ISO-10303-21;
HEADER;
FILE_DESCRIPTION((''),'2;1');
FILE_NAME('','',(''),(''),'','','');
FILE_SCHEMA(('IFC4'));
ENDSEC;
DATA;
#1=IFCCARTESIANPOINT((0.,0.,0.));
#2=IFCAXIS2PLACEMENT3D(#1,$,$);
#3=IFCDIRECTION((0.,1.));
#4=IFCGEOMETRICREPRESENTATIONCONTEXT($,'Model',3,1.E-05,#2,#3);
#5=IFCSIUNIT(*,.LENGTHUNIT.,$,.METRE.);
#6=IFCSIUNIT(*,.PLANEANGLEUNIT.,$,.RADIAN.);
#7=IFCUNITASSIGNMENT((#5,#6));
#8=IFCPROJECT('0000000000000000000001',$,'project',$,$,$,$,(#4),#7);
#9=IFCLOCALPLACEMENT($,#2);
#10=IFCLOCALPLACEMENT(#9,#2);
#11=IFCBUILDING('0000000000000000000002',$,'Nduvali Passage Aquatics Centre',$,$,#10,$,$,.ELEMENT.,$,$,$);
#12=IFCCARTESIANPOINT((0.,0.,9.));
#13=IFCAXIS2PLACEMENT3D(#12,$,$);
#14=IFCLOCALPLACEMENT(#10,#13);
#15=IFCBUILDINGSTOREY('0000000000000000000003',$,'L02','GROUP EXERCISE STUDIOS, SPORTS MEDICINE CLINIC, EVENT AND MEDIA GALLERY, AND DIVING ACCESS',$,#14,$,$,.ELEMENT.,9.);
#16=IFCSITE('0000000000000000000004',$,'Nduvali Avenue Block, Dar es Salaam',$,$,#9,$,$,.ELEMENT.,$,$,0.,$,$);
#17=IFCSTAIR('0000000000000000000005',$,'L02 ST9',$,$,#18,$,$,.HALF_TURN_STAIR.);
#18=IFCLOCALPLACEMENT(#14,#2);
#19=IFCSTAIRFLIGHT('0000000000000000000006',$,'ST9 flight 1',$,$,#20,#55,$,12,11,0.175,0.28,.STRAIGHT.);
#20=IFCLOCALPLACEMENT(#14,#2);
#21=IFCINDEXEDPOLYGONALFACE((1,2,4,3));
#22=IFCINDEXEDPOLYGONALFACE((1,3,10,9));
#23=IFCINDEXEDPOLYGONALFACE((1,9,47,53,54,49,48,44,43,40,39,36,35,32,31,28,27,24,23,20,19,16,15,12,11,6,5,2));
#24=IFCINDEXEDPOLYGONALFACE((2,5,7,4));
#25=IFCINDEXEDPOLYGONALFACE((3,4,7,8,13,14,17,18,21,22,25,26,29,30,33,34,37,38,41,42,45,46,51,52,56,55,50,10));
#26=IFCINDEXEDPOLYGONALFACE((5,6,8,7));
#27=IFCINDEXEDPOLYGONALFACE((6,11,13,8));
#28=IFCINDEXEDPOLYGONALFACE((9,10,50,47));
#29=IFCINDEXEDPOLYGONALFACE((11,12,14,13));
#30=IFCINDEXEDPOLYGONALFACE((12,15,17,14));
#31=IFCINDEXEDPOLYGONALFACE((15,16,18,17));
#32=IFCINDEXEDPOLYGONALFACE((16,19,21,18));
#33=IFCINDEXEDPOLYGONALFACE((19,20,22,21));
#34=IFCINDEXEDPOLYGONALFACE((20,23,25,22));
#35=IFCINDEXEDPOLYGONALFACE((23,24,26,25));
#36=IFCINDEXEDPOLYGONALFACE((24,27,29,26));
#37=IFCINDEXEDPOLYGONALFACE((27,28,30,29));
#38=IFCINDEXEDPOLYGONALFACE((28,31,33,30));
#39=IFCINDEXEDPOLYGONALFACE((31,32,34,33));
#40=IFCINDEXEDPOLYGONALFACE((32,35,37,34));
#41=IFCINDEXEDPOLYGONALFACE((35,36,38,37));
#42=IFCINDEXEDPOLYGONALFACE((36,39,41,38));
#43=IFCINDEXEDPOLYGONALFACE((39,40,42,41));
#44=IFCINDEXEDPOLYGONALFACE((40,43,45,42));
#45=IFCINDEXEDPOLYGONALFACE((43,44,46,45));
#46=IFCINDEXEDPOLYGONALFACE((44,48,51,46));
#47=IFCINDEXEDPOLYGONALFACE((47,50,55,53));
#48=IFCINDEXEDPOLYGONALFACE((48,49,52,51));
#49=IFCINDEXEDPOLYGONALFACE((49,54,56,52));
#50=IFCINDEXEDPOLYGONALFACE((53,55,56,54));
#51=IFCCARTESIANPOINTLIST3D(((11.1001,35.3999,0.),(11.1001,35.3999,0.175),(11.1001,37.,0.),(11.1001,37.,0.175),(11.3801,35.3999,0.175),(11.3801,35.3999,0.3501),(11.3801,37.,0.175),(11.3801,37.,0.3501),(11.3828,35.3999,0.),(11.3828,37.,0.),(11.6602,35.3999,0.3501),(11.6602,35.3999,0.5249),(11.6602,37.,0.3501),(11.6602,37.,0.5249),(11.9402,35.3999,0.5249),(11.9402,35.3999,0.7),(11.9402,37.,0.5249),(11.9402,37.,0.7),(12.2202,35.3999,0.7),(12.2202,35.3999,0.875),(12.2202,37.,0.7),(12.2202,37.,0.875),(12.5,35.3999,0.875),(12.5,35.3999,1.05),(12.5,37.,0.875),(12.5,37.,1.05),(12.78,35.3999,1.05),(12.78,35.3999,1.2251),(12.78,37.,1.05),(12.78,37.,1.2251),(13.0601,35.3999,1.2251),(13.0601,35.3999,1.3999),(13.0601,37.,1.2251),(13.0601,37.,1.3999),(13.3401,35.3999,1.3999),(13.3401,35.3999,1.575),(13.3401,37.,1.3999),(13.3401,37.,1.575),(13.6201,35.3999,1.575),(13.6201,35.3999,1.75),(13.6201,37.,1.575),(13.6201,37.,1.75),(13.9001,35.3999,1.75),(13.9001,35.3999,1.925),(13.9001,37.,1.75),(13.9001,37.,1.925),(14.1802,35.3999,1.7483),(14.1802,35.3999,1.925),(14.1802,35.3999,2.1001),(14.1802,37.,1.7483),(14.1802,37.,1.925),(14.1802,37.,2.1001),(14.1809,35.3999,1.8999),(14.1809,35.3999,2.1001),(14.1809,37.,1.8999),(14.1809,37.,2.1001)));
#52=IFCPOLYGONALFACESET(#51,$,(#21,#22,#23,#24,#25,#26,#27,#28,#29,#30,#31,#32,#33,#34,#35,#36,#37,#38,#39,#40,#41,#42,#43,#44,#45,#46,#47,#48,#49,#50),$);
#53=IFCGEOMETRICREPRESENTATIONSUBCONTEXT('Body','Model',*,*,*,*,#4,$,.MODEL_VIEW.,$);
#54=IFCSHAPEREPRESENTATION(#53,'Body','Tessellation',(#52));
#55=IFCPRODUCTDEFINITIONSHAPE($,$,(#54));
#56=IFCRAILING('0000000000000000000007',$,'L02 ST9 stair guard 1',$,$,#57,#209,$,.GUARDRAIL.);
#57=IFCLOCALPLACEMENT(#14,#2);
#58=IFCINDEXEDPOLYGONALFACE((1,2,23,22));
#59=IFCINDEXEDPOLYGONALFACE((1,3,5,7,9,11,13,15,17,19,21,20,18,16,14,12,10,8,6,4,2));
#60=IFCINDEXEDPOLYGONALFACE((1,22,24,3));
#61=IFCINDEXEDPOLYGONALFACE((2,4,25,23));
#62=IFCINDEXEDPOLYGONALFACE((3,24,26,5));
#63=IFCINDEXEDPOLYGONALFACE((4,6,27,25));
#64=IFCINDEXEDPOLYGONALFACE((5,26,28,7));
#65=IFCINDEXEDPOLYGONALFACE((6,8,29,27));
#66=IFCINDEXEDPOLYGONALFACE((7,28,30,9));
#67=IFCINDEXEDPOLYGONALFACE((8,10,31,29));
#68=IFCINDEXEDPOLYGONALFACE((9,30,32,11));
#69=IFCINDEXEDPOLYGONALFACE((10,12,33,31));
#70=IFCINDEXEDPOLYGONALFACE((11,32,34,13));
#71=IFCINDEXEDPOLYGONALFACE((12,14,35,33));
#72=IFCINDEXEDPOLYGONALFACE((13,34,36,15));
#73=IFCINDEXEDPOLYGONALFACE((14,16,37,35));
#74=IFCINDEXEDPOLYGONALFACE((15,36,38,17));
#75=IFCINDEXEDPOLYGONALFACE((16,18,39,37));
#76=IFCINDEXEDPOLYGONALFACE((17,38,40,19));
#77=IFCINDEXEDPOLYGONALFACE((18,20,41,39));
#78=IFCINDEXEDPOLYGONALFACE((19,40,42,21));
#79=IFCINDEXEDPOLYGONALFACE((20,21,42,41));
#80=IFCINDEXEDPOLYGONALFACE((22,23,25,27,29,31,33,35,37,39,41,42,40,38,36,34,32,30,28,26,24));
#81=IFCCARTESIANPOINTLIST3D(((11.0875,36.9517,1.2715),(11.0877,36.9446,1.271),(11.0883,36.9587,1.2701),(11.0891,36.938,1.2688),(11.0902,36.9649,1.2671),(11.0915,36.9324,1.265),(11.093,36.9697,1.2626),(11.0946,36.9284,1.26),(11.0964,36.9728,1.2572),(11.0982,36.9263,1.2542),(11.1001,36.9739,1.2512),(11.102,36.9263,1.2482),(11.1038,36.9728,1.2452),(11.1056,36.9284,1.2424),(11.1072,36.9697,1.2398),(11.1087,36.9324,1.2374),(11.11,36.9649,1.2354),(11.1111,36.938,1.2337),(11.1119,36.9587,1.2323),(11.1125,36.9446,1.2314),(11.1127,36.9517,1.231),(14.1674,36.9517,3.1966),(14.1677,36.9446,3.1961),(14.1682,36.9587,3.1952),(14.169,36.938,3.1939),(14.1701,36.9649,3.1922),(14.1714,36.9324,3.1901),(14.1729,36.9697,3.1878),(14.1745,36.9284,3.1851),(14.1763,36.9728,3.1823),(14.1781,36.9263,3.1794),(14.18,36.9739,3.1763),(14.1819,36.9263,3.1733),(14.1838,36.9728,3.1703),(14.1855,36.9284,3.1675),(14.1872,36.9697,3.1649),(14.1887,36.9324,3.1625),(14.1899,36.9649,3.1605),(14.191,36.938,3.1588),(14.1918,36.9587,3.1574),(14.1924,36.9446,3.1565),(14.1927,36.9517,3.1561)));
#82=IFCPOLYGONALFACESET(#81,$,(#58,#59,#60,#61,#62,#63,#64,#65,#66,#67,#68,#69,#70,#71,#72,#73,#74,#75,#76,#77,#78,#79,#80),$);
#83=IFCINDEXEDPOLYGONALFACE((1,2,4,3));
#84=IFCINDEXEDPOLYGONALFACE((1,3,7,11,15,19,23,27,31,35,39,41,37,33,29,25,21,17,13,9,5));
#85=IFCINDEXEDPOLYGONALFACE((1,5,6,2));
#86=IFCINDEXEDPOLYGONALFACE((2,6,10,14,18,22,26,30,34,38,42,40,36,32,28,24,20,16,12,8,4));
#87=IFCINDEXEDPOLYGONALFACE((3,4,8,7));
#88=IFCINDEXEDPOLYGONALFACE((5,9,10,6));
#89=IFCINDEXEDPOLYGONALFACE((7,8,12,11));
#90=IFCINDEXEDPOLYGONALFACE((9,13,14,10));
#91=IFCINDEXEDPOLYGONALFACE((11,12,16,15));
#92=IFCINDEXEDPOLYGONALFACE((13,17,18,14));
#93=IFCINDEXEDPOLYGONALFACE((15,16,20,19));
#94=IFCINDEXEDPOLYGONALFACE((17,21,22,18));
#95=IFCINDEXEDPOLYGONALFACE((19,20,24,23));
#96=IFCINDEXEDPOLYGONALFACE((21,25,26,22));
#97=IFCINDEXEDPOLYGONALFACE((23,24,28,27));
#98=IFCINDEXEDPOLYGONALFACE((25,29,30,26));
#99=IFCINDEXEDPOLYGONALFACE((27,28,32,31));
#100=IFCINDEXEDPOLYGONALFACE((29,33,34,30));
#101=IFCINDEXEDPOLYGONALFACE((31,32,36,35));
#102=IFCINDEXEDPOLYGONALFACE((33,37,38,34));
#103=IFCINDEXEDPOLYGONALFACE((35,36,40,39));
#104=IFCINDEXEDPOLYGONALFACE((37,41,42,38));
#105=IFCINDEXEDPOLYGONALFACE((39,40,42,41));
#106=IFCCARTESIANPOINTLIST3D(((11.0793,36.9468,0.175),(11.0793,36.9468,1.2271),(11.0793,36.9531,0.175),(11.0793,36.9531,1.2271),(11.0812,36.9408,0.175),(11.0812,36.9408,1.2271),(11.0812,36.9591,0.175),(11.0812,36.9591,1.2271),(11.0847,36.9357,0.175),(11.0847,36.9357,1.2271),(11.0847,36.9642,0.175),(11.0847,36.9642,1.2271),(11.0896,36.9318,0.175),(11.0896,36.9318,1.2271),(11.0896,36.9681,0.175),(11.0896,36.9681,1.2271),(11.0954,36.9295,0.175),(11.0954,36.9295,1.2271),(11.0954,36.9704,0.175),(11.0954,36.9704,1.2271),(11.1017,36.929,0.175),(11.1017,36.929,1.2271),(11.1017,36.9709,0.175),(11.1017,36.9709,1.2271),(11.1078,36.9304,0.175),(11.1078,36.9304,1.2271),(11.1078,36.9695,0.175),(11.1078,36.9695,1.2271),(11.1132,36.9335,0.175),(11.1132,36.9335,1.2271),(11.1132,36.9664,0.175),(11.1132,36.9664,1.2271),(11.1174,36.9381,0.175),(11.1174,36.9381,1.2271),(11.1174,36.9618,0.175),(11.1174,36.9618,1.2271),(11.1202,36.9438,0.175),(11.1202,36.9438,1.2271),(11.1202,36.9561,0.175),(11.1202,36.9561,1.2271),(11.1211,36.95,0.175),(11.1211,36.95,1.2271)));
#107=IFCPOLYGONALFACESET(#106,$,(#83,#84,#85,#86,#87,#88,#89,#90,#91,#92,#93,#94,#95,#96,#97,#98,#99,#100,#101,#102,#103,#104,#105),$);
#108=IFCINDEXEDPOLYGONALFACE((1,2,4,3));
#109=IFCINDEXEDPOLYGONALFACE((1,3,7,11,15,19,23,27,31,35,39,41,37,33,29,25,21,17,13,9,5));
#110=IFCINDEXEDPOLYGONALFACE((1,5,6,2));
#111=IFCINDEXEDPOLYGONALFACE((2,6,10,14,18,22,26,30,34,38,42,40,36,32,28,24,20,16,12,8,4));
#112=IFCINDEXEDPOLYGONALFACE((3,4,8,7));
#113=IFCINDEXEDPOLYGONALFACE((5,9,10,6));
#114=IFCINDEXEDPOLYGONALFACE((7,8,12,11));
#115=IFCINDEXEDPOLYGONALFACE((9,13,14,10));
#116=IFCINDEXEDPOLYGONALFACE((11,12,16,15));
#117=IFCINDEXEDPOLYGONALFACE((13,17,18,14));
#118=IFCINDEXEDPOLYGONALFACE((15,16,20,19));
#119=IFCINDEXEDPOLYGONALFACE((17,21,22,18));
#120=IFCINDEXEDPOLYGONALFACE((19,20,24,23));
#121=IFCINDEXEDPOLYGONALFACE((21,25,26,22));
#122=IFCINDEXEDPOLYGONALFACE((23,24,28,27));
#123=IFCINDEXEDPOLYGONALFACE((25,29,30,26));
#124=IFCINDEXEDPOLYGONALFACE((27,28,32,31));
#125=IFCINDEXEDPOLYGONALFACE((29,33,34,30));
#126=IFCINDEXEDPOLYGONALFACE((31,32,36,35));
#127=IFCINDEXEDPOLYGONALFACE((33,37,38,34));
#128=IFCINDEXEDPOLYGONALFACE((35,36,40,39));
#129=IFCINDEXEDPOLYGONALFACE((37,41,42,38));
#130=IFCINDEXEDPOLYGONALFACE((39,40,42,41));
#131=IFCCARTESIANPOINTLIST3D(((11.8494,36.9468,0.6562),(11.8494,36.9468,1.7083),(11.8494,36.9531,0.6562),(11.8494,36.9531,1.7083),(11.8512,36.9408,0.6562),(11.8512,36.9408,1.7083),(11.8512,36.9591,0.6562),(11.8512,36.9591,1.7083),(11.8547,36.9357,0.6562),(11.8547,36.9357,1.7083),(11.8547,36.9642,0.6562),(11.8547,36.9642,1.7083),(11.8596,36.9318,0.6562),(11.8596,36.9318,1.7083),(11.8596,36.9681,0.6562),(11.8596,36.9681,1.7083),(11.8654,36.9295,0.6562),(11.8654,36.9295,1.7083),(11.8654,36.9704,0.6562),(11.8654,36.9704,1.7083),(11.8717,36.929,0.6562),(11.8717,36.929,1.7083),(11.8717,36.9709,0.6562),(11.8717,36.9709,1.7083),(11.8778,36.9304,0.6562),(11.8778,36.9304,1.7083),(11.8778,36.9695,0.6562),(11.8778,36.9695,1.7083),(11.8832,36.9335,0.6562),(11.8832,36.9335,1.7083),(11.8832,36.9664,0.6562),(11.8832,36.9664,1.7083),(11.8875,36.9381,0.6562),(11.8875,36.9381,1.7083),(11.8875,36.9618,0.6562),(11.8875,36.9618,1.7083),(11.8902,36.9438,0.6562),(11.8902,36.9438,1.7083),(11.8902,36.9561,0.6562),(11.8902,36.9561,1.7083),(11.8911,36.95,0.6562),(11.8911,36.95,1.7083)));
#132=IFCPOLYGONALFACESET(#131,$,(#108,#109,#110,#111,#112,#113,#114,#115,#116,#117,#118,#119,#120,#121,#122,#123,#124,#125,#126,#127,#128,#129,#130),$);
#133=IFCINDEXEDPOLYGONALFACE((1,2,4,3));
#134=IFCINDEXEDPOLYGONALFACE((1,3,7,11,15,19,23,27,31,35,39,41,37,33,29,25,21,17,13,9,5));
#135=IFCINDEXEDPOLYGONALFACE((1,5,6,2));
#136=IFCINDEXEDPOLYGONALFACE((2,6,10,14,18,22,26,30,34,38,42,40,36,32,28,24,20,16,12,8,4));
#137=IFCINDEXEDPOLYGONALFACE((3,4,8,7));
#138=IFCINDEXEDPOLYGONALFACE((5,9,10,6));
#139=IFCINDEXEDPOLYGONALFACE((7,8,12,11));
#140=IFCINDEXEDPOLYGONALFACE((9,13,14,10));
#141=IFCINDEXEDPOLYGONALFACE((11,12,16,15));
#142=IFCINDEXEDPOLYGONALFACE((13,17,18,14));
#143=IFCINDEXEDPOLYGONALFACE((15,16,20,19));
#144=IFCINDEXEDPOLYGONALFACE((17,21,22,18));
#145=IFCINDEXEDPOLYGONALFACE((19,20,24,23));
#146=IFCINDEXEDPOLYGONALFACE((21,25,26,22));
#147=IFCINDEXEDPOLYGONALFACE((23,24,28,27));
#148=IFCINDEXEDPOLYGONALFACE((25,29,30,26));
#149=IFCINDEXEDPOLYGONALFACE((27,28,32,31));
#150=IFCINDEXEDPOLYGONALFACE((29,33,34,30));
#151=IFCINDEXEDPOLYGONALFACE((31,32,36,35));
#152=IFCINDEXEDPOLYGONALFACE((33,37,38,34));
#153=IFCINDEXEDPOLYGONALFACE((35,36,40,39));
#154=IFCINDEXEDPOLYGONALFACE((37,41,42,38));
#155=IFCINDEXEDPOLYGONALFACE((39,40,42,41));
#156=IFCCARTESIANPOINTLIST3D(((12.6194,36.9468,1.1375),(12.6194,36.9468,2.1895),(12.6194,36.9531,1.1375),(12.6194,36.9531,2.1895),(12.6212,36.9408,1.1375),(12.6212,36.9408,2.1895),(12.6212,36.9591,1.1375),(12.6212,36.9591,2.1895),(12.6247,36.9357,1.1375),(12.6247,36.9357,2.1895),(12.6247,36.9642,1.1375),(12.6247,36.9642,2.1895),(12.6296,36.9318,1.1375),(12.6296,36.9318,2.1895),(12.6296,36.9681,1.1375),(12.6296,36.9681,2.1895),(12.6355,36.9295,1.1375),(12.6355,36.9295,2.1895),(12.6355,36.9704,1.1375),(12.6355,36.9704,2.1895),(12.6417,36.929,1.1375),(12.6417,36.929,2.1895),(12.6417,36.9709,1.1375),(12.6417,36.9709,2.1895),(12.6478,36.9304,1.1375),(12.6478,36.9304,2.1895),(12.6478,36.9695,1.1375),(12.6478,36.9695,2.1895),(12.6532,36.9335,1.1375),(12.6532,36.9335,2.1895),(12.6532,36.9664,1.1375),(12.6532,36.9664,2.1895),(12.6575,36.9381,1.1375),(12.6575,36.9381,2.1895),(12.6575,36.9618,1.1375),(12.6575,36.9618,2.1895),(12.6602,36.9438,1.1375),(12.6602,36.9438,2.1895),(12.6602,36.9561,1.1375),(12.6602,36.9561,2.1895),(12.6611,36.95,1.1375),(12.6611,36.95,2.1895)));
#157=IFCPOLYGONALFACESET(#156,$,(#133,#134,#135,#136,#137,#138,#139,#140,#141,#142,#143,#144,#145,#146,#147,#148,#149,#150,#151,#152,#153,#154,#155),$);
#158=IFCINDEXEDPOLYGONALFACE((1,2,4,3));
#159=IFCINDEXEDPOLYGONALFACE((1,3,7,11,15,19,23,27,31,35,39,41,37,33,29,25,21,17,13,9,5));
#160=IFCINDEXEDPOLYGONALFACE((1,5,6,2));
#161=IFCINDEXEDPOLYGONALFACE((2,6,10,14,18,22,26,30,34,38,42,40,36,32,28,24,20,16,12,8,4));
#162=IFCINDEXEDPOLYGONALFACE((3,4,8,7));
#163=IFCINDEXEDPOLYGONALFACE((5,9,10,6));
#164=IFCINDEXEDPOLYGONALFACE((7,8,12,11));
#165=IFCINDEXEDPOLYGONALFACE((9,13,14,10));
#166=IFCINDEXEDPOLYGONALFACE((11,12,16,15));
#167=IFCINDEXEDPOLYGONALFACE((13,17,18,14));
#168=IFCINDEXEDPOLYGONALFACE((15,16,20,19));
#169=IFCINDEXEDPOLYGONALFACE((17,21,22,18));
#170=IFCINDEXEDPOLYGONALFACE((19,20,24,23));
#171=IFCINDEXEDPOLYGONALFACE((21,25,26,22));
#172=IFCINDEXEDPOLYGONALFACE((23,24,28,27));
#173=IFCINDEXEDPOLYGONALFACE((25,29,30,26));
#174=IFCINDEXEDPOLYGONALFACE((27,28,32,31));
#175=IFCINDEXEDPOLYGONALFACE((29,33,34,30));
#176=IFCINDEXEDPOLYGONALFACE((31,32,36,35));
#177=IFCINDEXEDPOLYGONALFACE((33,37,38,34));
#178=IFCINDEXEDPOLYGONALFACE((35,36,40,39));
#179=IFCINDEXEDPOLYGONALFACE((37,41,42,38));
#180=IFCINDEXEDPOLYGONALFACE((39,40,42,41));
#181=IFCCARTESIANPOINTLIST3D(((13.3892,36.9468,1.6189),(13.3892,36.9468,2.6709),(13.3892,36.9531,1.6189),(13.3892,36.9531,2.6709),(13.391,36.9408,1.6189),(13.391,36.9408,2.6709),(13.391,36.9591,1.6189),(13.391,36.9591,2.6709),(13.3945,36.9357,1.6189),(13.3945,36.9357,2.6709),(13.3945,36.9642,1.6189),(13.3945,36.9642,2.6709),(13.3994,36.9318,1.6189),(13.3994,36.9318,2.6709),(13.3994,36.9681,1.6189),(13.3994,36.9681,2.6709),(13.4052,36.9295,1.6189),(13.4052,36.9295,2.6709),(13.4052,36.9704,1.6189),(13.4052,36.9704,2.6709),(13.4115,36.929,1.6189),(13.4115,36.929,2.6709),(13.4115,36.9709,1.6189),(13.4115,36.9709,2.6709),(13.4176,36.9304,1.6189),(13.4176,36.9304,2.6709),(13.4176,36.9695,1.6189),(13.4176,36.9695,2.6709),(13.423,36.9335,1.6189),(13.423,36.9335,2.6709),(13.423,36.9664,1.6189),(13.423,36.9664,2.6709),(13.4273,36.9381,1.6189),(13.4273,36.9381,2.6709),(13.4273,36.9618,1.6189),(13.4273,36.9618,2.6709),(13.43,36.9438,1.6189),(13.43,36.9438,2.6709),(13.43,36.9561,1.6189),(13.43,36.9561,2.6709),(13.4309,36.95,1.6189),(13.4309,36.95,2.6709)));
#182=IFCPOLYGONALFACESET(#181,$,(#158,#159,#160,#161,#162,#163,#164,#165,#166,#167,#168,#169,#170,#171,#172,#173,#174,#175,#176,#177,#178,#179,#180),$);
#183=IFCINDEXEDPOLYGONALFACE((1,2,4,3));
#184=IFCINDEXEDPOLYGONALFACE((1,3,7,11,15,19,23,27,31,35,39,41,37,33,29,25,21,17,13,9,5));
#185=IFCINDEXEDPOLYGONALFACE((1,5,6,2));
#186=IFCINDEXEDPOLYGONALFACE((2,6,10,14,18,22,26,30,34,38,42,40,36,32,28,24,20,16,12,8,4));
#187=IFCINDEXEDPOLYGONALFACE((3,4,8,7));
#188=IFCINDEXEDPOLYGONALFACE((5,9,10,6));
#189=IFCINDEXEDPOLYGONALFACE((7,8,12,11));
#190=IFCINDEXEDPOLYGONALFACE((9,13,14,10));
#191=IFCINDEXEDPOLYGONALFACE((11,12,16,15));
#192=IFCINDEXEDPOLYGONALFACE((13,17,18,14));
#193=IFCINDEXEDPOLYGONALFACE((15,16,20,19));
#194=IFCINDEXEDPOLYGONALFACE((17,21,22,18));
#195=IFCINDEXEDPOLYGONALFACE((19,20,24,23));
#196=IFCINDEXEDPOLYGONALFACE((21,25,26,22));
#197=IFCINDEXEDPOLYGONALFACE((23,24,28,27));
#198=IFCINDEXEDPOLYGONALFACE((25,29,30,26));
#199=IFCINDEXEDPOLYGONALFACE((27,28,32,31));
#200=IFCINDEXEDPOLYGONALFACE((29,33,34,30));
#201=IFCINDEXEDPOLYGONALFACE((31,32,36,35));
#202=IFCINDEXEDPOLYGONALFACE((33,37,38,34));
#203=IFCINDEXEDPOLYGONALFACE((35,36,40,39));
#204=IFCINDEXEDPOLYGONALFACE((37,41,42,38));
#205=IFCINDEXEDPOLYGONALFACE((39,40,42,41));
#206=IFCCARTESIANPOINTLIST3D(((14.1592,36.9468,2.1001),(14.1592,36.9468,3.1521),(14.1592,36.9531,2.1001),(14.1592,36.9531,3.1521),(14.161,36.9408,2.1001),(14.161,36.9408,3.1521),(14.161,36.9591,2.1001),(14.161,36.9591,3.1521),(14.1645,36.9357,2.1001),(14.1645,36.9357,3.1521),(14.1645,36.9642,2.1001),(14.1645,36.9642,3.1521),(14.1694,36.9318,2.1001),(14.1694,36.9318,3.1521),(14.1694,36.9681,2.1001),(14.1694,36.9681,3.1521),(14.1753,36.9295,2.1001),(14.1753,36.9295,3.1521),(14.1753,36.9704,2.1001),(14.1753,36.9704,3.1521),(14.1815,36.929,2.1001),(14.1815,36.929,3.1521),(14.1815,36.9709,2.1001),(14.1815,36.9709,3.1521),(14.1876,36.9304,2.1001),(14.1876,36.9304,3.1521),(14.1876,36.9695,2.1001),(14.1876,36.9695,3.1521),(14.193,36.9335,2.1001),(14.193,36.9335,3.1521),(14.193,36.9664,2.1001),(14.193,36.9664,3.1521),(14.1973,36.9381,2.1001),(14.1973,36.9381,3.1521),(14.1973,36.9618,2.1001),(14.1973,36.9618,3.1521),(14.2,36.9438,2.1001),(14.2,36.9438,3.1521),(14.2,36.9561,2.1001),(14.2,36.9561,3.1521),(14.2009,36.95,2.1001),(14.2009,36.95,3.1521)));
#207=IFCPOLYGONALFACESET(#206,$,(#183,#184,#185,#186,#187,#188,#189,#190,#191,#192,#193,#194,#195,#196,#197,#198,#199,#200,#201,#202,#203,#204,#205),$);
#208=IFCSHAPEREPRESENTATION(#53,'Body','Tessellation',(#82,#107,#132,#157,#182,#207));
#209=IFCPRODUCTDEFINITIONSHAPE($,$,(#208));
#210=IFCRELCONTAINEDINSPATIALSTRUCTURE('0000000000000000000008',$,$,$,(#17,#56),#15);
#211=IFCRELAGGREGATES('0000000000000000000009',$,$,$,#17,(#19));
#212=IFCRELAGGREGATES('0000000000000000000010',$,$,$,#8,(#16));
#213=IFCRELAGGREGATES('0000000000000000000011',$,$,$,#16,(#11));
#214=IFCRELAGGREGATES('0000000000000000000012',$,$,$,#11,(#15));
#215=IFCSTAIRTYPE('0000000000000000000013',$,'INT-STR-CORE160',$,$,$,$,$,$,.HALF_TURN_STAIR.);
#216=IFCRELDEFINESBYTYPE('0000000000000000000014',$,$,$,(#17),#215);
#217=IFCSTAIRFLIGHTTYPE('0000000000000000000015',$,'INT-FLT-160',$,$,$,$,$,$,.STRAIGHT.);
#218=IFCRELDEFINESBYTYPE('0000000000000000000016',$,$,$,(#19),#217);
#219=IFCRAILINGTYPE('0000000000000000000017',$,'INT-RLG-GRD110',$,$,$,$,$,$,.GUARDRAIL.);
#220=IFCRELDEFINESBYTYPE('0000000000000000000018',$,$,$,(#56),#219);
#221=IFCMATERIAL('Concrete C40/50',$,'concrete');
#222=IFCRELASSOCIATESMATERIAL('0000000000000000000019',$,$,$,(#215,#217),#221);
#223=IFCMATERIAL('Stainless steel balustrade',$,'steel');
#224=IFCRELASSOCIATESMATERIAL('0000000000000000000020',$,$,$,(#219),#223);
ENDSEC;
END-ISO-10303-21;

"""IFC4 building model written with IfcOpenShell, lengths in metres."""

from ifc_helpers import new_model, si_unit, direction, frame, origin, origin_2d, place, context, subcontext, project, spatial, polyline, circle, outline, extrude, material, type_object, element, aggregate, save


model = new_model("IFC4")

# Units and contexts
model_context = context("Model", 3, precision=1e-05, world=origin(), true_north=direction((0.0, 1.0)))
body_context = subcontext(model_context, "Body", "Model", "MODEL_VIEW")
ifc_project = project(units=[si_unit("LENGTHUNIT", "METRE"), si_unit("PLANEANGLEUNIT", "RADIAN")], contexts=[model_context])

# Site, building, storey
site_placement = place(None, origin())
site = spatial("IfcSite", under=ifc_project, at=site_placement, Name="Nduvali Avenue Block, Dar es Salaam", CompositionType="ELEMENT", RefElevation=0.0)
building_placement = place(site_placement, origin())
building = spatial("IfcBuilding", under=site, at=building_placement, Name="Nduvali Passage Aquatics Centre", CompositionType="ELEMENT")
storey_placement = place(building_placement, frame((0.0, 0.0, 9.0)))
storey = spatial("IfcBuildingStorey", under=building, at=storey_placement, Name="L02", Description="GROUP EXERCISE STUDIOS, SPORTS MEDICINE CLINIC, EVENT AND MEDIA GALLERY, AND DIVING ACCESS", CompositionType="ELEMENT", Elevation=9.0)

# Shared definitions
ifc_material_1 = material(Name="Concrete C40/50", Category="concrete")

# Stair, stair flight
stair_type = type_object("IfcStairType", Name="INT-STR-CORE160", PredefinedType="HALF_TURN_STAIR", material=ifc_material_1)
stair_placement = place(storey_placement, origin())
stair = element("IfcStair", 1, at=stair_placement, inside=storey, type_object=stair_type, Name="L02 ST9", PredefinedType="HALF_TURN_STAIR")
stair_flight_type = type_object("IfcStairFlightType", Name="INT-FLT-160", PredefinedType="STRAIGHT", material=ifc_material_1)
stair_flight_placement = place(storey_placement, frame((11.1001, 36.2, 0.0), z_axis=(0.0, 0.0, 1.0), x_axis=(1.0, 0.0, 0.0)))
stair_flight = element("IfcStairFlight", 2, at=stair_flight_placement, type_object=stair_flight_type, Name="ST9 flight 1", NumberOfRisers=12, NumberOfTreads=11, PredefinedType="STRAIGHT", RiserHeight=0.175, TreadLength=0.28, context=body_context, shape_type="SweptSolid", body=[
    extrude(outline(polyline([(0.0, 0.0), (0.0, 0.175), (0.28, 0.175), (0.28, 0.3501), (0.5601, 0.3501), (0.5601, 0.5249), (0.8401, 0.5249), (0.8401, 0.7), (1.1201, 0.7), (1.1201, 0.875), (1.3999, 0.875), (1.3999, 1.05), (1.6799, 1.05), (1.6799, 1.2251), (1.96, 1.2251), (1.96, 1.3999), (2.24, 1.3999), (2.24, 1.575), (2.52, 1.575), (2.52, 1.75), (2.8, 1.75), (2.8, 1.925), (3.0801, 1.925), (3.0801, 2.1001), (3.0808, 2.1001), (3.0808, 1.8999), (3.0801, 1.7483), (0.2827, 0.0), (0.0, 0.0)])), frame((0.0, 0.8, 0.0), z_axis=(0.0, -1.0, 0.0), x_axis=(1.0, 0.0, 0.0)), (0.0, 0.0, 1.0), 1.6001),
])
aggregate(stair, [stair_flight])

# Railing
ifc_material_2 = material(Name="Stainless steel balustrade", Category="steel")
railing_type_1 = type_object("IfcRailingType", Name="INT-RLG-GRD110", PredefinedType="GUARDRAIL", material=ifc_material_2)
railing_1_placement = place(storey_placement, frame((11.1001, 36.95, 0.175)))
element("IfcRailing", 3, at=railing_1_placement, inside=storey, type_object=railing_type_1, Name="L02 ST9 stair guard 1", PredefinedType="GUARDRAIL", context=body_context, shape_type="SweptSolid", body=[
    extrude(circle(Radius=0.0239, at=origin_2d()), frame((0.0, 0.0, 1.0762), z_axis=(0.847979, 0.0, 0.530029), x_axis=(0.0, 1.0, 0.0)), (0.0, 0.0, 1.0), 3.6321),
    extrude(circle(Radius=0.021, at=origin_2d()), origin(), (0.0, 0.0, 1.0), 1.052),
    extrude(circle(Radius=0.021, at=origin_2d()), frame((0.77, 0.0, 0.4812)), (0.0, 0.0, 1.0), 1.052),
    extrude(circle(Radius=0.021, at=origin_2d()), frame((1.54, 0.0, 0.9624)), (0.0, 0.0, 1.0), 1.052),
    extrude(circle(Radius=0.021, at=origin_2d()), frame((2.3098, 0.0, 1.4438)), (0.0, 0.0, 1.0), 1.052),
    extrude(circle(Radius=0.021, at=origin_2d()), frame((3.0798, 0.0, 1.925)), (0.0, 0.0, 1.0), 1.052),
])

save(model, "model.ifc")
